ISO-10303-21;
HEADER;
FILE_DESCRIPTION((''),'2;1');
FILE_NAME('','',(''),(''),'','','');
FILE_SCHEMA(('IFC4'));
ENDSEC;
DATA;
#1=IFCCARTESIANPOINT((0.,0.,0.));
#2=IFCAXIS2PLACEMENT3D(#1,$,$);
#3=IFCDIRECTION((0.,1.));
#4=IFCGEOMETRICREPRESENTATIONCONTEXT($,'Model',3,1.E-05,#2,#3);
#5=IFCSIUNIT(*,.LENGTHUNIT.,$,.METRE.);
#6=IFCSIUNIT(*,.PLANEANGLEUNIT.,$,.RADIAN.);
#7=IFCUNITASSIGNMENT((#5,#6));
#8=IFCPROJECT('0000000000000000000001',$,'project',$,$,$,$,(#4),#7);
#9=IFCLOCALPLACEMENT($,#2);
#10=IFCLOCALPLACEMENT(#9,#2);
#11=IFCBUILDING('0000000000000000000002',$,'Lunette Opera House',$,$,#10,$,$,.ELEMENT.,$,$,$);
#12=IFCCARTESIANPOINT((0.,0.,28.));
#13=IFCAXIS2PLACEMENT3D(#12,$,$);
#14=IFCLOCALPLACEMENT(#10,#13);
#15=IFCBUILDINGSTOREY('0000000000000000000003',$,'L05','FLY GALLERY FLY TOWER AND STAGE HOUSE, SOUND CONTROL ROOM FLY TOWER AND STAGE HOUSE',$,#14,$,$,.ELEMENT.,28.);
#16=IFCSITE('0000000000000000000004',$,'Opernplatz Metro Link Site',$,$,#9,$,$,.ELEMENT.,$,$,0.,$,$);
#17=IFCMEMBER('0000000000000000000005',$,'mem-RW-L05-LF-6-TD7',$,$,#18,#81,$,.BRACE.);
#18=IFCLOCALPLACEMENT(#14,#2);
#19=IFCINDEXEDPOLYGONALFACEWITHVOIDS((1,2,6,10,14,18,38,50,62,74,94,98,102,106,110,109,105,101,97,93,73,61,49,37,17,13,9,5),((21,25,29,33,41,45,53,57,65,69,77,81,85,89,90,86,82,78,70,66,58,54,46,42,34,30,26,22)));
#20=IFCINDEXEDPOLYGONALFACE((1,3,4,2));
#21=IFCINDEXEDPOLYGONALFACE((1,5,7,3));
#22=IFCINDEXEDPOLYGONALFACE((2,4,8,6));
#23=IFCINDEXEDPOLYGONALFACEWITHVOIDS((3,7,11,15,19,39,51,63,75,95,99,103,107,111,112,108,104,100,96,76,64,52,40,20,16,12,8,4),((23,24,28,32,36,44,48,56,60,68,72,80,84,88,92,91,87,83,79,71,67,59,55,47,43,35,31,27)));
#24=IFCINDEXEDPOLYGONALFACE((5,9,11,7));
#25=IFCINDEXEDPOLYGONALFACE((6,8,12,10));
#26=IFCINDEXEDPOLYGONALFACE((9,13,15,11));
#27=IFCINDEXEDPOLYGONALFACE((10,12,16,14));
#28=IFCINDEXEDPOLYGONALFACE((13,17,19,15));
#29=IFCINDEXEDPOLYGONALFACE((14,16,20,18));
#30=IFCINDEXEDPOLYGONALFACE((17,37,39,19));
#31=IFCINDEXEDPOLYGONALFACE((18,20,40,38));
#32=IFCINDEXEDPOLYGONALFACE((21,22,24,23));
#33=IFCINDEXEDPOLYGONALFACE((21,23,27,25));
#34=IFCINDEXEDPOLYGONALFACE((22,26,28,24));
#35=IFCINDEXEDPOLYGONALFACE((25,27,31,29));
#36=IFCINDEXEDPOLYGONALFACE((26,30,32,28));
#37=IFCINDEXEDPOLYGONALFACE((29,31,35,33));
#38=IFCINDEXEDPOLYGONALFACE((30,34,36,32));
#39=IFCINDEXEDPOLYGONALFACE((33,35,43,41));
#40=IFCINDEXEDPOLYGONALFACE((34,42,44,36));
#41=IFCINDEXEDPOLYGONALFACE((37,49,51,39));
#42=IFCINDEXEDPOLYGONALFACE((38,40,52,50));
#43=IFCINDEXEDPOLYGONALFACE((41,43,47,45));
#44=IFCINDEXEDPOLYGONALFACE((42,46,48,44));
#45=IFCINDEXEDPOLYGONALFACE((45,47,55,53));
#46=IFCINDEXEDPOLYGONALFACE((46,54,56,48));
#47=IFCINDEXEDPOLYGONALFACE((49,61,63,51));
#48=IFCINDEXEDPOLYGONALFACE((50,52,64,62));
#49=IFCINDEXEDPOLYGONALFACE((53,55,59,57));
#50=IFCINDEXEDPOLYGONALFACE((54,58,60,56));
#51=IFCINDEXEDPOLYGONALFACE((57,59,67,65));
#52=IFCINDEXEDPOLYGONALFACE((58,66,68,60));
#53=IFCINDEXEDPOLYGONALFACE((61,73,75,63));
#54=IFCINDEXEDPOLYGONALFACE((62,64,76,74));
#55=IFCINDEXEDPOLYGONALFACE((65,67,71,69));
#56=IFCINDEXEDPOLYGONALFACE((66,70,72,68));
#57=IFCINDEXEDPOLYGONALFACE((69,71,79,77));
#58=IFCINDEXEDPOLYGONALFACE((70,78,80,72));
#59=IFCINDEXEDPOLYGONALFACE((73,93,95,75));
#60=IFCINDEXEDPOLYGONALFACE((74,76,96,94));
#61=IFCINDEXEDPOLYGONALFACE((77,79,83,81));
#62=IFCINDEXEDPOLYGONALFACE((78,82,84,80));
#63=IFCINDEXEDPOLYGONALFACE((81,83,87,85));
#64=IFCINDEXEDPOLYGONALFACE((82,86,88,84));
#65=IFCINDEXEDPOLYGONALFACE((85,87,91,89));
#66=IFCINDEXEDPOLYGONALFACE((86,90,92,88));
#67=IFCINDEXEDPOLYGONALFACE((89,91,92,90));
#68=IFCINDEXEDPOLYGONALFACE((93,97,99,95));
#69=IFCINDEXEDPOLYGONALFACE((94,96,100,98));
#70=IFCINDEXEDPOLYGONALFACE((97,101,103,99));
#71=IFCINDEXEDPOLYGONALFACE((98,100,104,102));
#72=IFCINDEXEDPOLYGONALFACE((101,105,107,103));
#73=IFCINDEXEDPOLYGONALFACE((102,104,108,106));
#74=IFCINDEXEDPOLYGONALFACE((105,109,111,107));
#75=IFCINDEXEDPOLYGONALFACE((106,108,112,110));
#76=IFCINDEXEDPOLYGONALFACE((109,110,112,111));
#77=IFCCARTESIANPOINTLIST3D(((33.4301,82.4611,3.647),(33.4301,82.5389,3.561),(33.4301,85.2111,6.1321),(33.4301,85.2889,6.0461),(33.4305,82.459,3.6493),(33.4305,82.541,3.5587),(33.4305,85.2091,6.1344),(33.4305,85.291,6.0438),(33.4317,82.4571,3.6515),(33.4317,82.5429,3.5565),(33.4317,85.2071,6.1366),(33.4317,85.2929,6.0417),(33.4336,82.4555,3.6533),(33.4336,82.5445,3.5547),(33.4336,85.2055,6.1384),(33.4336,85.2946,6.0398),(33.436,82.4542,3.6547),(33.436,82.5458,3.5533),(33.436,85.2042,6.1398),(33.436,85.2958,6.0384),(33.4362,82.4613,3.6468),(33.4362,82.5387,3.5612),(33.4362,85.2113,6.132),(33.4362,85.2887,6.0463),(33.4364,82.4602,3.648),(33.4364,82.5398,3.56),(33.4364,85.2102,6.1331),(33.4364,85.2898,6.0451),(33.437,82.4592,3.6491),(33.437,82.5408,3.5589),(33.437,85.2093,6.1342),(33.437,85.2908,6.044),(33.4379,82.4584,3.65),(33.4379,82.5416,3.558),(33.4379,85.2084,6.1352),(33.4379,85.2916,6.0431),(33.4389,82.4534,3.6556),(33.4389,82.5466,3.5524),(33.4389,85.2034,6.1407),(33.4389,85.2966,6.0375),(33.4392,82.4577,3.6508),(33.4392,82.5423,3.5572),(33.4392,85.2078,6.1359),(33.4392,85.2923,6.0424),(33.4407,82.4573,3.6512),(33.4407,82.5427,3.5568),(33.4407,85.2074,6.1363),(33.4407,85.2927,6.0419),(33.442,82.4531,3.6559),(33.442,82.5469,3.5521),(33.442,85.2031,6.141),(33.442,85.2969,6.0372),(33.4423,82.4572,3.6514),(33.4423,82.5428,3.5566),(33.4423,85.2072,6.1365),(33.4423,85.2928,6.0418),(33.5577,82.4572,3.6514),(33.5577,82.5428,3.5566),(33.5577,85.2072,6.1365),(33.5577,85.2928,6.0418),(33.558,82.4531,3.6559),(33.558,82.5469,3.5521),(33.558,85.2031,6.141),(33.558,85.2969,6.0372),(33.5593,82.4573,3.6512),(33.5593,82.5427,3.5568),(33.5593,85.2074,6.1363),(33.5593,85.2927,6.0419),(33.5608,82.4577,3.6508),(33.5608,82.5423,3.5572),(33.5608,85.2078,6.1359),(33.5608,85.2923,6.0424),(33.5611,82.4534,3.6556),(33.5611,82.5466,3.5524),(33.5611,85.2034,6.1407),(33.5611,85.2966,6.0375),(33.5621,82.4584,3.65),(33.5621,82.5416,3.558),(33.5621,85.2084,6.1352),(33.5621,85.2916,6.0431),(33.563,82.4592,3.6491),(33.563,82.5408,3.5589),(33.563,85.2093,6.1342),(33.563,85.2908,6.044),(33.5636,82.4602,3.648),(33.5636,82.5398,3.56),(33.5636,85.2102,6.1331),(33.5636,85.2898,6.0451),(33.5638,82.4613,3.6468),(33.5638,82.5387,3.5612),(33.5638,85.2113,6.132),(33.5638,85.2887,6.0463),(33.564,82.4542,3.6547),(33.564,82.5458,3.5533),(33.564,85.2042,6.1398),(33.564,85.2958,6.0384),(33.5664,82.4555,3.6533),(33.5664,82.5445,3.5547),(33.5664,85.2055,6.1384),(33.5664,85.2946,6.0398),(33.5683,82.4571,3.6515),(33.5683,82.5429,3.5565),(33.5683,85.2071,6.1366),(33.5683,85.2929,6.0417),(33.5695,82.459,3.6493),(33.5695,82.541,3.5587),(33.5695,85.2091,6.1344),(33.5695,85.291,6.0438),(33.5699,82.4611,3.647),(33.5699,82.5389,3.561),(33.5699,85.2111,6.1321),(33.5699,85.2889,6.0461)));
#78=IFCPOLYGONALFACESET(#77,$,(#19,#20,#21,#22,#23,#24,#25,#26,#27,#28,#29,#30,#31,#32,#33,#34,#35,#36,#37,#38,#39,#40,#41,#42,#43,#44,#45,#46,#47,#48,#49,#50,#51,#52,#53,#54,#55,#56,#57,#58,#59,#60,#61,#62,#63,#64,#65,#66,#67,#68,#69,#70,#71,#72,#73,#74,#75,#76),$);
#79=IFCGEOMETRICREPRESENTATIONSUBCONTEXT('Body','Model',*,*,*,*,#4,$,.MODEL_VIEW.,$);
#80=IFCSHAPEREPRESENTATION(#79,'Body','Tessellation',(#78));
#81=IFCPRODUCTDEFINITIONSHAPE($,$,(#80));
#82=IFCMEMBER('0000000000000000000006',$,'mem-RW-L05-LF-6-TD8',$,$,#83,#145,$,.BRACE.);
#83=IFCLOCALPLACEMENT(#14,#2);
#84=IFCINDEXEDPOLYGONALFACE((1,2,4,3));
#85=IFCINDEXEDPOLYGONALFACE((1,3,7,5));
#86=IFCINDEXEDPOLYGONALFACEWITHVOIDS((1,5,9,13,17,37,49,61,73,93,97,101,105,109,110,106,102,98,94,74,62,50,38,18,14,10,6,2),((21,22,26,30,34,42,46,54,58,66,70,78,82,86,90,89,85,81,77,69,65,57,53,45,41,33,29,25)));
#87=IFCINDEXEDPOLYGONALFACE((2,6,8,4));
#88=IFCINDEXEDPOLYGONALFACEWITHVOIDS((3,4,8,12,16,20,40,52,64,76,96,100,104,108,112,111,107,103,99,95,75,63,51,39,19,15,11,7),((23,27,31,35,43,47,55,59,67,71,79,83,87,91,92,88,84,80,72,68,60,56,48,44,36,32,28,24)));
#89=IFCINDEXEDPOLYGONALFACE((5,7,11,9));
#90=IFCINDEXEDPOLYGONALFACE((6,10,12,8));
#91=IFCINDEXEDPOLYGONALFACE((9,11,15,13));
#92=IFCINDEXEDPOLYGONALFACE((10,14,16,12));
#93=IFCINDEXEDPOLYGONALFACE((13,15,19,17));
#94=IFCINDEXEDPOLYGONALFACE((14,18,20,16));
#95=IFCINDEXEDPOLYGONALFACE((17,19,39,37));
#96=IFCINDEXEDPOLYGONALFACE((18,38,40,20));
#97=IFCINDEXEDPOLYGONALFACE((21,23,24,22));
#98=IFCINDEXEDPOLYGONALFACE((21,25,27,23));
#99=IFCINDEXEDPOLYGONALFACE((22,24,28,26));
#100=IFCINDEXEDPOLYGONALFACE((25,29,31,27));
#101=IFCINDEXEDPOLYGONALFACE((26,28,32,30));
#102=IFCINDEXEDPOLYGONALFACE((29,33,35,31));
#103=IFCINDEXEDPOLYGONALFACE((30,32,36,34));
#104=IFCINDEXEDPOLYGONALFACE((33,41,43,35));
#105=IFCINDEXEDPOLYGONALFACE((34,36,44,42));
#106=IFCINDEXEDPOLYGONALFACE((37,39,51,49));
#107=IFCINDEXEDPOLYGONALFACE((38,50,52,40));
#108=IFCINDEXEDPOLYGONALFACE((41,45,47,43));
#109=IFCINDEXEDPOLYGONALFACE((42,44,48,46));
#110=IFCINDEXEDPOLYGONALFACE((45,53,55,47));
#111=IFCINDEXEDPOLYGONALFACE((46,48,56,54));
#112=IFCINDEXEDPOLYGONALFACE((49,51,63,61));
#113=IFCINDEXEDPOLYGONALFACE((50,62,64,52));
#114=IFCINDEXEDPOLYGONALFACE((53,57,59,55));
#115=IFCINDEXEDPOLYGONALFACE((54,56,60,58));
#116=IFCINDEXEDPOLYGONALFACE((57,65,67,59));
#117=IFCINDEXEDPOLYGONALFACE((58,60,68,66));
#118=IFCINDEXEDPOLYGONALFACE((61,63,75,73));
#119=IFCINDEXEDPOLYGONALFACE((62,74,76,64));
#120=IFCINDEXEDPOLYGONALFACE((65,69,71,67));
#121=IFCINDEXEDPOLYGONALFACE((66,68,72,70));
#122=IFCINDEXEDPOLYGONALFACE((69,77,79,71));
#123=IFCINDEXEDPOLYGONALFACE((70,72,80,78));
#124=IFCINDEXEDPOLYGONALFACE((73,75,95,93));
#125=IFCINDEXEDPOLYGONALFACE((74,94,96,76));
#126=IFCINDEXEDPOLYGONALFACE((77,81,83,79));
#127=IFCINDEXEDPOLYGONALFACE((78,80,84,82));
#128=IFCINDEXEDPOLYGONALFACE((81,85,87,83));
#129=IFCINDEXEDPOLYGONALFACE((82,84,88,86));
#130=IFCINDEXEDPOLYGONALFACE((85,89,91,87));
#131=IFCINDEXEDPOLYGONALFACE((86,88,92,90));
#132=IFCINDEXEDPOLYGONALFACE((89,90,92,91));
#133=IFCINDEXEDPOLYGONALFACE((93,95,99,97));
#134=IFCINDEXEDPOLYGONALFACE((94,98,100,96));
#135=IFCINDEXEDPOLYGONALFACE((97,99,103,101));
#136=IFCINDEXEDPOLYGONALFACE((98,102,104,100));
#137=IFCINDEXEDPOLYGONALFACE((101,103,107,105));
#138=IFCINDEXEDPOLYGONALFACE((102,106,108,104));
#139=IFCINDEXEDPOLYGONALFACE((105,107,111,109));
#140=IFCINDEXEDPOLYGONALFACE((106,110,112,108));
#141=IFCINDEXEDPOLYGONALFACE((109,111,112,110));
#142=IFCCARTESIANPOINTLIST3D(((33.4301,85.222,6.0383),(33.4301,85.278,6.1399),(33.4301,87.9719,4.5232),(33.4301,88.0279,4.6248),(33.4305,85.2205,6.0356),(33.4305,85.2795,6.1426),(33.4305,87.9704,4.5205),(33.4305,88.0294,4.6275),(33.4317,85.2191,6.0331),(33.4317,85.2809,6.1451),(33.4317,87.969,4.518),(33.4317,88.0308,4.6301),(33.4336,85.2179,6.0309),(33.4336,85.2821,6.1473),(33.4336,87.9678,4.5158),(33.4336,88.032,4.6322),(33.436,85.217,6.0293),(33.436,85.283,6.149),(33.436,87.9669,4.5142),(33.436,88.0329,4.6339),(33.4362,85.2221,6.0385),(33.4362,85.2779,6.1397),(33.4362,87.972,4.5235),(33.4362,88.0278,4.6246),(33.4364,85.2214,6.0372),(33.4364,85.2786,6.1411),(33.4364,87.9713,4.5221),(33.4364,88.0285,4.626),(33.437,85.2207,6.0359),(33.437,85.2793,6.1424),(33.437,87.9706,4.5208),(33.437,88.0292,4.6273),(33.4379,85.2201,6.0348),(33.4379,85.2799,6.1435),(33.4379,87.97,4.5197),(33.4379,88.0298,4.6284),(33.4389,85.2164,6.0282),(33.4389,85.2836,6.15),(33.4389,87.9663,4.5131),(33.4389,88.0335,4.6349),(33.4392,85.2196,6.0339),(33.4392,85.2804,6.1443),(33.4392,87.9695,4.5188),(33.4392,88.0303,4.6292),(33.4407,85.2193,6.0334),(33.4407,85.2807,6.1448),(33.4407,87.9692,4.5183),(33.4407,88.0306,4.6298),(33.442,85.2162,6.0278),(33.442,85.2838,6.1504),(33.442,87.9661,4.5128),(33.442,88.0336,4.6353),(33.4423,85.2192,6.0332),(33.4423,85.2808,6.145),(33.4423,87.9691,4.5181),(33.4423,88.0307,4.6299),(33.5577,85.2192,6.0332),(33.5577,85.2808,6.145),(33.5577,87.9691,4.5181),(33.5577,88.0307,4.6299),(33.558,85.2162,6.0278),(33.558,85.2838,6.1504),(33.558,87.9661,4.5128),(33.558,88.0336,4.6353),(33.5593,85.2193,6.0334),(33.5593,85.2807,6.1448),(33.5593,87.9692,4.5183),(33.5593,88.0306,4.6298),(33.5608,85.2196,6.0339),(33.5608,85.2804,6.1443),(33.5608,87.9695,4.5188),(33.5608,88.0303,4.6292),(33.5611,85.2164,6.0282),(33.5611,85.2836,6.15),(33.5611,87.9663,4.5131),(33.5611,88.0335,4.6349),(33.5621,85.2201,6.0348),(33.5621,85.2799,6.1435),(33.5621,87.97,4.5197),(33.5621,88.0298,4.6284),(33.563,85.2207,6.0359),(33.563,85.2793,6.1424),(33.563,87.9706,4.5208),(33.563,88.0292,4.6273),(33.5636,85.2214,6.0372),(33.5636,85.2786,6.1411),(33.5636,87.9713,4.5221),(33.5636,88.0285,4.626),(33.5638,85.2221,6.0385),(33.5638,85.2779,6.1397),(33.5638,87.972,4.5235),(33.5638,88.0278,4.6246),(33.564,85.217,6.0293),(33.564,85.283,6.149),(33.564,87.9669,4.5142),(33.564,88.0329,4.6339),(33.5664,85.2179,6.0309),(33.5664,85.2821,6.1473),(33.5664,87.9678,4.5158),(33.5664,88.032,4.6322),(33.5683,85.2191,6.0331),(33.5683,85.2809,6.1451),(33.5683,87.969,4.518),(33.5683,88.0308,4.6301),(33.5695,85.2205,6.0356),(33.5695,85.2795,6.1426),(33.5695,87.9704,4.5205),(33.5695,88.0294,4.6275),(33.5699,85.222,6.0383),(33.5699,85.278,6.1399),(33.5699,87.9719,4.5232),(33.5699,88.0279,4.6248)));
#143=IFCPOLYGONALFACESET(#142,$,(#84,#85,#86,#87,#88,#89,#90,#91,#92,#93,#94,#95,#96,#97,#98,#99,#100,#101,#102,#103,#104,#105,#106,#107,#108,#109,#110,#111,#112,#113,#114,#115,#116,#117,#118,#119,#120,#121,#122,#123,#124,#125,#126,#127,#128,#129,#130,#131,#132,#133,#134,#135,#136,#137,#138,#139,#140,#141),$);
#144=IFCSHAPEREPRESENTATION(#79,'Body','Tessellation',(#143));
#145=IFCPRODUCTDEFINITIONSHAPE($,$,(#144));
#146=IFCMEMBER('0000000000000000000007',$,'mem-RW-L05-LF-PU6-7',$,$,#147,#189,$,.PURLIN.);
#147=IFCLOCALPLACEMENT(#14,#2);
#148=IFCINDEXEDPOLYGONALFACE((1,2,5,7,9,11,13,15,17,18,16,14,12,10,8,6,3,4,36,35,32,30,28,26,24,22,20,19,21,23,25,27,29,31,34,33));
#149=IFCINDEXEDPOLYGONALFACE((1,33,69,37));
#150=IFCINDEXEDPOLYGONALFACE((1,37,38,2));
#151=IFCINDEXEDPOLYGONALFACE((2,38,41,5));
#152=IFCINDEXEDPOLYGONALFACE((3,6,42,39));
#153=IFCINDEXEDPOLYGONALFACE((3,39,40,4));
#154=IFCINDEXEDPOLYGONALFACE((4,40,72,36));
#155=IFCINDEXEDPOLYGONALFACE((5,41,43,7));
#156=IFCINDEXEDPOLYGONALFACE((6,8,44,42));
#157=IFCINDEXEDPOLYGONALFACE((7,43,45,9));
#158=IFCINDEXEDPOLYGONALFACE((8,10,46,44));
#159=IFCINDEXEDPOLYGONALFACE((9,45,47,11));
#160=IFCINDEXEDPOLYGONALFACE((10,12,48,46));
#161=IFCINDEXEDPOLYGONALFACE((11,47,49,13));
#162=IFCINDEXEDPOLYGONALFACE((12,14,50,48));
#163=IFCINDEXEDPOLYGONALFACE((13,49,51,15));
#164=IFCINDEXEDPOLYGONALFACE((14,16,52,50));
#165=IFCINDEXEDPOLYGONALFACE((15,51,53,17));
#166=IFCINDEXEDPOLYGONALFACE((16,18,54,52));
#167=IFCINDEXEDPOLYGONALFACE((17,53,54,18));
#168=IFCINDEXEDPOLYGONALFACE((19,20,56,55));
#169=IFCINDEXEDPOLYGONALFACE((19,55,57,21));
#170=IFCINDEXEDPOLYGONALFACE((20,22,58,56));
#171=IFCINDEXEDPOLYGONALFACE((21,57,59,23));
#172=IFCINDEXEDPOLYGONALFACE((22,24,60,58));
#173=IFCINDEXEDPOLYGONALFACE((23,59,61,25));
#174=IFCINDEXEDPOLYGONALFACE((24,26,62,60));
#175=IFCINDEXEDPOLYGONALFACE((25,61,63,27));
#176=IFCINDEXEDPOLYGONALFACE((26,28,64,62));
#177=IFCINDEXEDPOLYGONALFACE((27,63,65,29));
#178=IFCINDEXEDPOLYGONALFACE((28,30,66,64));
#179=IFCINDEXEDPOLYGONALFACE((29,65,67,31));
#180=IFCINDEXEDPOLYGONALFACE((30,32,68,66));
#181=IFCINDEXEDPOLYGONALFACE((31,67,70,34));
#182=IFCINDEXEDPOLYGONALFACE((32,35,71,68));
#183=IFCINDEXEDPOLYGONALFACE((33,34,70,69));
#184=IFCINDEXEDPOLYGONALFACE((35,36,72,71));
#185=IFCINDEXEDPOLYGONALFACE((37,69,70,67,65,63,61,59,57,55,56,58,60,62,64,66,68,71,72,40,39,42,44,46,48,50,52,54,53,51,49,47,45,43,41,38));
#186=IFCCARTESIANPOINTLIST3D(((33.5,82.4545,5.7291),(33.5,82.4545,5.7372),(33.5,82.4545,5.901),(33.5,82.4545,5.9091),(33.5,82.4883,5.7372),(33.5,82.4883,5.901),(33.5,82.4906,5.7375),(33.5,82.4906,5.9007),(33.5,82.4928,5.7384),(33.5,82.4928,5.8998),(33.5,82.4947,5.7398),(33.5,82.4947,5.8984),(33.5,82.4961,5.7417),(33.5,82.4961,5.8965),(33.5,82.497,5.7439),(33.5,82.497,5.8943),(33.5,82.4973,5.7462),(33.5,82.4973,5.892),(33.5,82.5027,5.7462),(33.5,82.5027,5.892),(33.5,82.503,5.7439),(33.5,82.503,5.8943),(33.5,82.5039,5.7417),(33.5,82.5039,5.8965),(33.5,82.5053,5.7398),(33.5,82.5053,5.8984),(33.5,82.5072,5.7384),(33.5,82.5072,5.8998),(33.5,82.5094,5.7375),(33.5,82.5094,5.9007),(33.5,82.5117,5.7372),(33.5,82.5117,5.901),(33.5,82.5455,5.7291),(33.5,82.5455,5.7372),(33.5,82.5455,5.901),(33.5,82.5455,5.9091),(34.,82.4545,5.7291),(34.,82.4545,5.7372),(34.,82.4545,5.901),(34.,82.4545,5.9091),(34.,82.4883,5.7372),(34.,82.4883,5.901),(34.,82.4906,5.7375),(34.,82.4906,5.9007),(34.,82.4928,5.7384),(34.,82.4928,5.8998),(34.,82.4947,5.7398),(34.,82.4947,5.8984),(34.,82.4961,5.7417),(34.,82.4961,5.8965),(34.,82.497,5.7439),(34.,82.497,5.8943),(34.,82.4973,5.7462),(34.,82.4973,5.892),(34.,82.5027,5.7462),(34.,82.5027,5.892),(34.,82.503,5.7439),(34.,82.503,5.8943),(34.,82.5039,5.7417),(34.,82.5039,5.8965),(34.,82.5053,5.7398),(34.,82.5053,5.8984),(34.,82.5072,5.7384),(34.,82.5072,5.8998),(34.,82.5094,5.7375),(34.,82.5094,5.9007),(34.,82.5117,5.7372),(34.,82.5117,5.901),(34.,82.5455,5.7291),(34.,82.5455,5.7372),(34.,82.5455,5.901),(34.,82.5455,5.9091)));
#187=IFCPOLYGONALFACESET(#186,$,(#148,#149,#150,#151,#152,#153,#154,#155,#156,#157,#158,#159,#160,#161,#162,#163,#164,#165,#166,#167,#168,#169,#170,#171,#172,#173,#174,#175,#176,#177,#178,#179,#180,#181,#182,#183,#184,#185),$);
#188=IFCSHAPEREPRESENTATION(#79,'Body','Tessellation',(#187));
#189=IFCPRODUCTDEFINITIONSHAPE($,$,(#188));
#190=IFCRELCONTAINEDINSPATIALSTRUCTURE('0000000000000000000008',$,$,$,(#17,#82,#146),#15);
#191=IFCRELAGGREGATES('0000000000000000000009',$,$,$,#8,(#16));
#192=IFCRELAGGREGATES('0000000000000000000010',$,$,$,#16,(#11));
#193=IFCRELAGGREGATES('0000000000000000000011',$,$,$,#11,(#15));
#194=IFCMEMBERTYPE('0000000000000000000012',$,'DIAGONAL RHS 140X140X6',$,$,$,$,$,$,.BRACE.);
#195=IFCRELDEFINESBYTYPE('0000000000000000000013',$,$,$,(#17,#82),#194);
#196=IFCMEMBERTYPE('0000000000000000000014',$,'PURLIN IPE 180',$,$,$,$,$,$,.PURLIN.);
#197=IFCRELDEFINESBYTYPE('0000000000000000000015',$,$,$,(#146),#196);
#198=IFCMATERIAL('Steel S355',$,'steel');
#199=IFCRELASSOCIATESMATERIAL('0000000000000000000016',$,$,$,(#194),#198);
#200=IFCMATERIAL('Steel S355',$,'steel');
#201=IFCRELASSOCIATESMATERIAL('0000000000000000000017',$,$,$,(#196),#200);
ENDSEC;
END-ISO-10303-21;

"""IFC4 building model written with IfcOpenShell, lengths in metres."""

from ifc_helpers import new_model, si_unit, direction, frame, origin, origin_2d, place, context, subcontext, project, spatial, hollow_rectangle, i_section, extrude, material, material_profile, profile_set, type_object, element, save


model = new_model("IFC4")

# Units and contexts
model_context = context("Model", 3, precision=1e-05, world=origin(), true_north=direction((0.0, 1.0)))
body_context = subcontext(model_context, "Body", "Model", "MODEL_VIEW")
ifc_project = project(units=[si_unit("LENGTHUNIT", "METRE"), si_unit("PLANEANGLEUNIT", "RADIAN")], contexts=[model_context])

# Site, building, storey
site_placement = place(None, origin())
site = spatial("IfcSite", under=ifc_project, at=site_placement, Name="Opernplatz Metro Link Site", CompositionType="ELEMENT", RefElevation=0.0)
building_placement = place(site_placement, origin())
building = spatial("IfcBuilding", under=site, at=building_placement, Name="Lunette Opera House", CompositionType="ELEMENT")
storey_placement = place(building_placement, frame((0.0, 0.0, 28.0)))
storey = spatial("IfcBuildingStorey", under=building, at=storey_placement, Name="L05", Description="FLY GALLERY FLY TOWER AND STAGE HOUSE, SOUND CONTROL ROOM FLY TOWER AND STAGE HOUSE", CompositionType="ELEMENT", Elevation=28.0)

# Members
ifc_material_1 = material(Name="Steel S355", Category="steel")
ifc_material_profile_1 = material_profile(ifc_material_1, hollow_rectangle(XDim=0.1399, YDim=0.1399, WallThickness=0.0061, InnerFilletRadius=0.0061, OuterFilletRadius=0.012, at=origin_2d()), Name="RHS 140X140X6")
ifc_profile_set_1 = profile_set([ifc_material_profile_1], Name="Steel S355")
member_type_1 = type_object("IfcMemberType", Name="DIAGONAL RHS 140X140X6", PredefinedType="BRACE", material=ifc_profile_set_1)
member_1_placement = place(storey_placement, frame((33.5, 82.5, 3.604), z_axis=(0.0, 0.741937, 0.67047), x_axis=(-1.0, 0.0, 0.0)))
element("IfcMember", 1, at=member_1_placement, inside=storey, type_object=member_type_1, Name="mem-RW-L05-LF-6-TD7", PredefinedType="BRACE", context=body_context, shape_type="SweptSolid", body=[
    extrude(hollow_rectangle(XDim=0.1399, YDim=0.1399, WallThickness=0.0061, InnerFilletRadius=0.0061, OuterFilletRadius=0.012, at=origin_2d()), origin(), (0.0, 0.0, 1.0), 3.7065),
])
member_2_placement = place(storey_placement, frame((33.5, 85.25, 6.0891), z_axis=(0.0, 0.875861, -0.482563), x_axis=(-1.0, 0.0, 0.0)))
element("IfcMember", 2, at=member_2_placement, inside=storey, type_object=member_type_1, Name="mem-RW-L05-LF-6-TD8", PredefinedType="BRACE", context=body_context, shape_type="SweptSolid", body=[
    extrude(hollow_rectangle(XDim=0.1399, YDim=0.1399, WallThickness=0.0061, InnerFilletRadius=0.0061, OuterFilletRadius=0.012, at=origin_2d()), origin(), (0.0, 0.0, 1.0), 3.1396),
])
ifc_material_2 = material(Name="Steel S355", Category="steel")
ifc_material_profile_2 = material_profile(ifc_material_2, i_section(OverallWidth=0.0911, OverallDepth=0.1799, WebThickness=0.0054, FlangeThickness=0.0081, FilletRadius=0.009, at=origin_2d()), Name="IPE 180")
ifc_profile_set_2 = profile_set([ifc_material_profile_2], Name="Steel S355")
member_type_2 = type_object("IfcMemberType", Name="PURLIN IPE 180", PredefinedType="PURLIN", material=ifc_profile_set_2)
member_3_placement = place(storey_placement, frame((33.5, 82.5, 5.8191), z_axis=(1.0, 0.0, 0.0), x_axis=(0.0, 1.0, 0.0)))
element("IfcMember", 3, at=member_3_placement, inside=storey, type_object=member_type_2, Name="mem-RW-L05-LF-PU6-7", PredefinedType="PURLIN", context=body_context, shape_type="SweptSolid", body=[
    extrude(i_section(OverallWidth=0.0911, OverallDepth=0.1799, WebThickness=0.0054, FlangeThickness=0.0081, FilletRadius=0.009, at=origin_2d()), origin(), (0.0, 0.0, 1.0), 0.5),
])

save(model, "model.ifc")
